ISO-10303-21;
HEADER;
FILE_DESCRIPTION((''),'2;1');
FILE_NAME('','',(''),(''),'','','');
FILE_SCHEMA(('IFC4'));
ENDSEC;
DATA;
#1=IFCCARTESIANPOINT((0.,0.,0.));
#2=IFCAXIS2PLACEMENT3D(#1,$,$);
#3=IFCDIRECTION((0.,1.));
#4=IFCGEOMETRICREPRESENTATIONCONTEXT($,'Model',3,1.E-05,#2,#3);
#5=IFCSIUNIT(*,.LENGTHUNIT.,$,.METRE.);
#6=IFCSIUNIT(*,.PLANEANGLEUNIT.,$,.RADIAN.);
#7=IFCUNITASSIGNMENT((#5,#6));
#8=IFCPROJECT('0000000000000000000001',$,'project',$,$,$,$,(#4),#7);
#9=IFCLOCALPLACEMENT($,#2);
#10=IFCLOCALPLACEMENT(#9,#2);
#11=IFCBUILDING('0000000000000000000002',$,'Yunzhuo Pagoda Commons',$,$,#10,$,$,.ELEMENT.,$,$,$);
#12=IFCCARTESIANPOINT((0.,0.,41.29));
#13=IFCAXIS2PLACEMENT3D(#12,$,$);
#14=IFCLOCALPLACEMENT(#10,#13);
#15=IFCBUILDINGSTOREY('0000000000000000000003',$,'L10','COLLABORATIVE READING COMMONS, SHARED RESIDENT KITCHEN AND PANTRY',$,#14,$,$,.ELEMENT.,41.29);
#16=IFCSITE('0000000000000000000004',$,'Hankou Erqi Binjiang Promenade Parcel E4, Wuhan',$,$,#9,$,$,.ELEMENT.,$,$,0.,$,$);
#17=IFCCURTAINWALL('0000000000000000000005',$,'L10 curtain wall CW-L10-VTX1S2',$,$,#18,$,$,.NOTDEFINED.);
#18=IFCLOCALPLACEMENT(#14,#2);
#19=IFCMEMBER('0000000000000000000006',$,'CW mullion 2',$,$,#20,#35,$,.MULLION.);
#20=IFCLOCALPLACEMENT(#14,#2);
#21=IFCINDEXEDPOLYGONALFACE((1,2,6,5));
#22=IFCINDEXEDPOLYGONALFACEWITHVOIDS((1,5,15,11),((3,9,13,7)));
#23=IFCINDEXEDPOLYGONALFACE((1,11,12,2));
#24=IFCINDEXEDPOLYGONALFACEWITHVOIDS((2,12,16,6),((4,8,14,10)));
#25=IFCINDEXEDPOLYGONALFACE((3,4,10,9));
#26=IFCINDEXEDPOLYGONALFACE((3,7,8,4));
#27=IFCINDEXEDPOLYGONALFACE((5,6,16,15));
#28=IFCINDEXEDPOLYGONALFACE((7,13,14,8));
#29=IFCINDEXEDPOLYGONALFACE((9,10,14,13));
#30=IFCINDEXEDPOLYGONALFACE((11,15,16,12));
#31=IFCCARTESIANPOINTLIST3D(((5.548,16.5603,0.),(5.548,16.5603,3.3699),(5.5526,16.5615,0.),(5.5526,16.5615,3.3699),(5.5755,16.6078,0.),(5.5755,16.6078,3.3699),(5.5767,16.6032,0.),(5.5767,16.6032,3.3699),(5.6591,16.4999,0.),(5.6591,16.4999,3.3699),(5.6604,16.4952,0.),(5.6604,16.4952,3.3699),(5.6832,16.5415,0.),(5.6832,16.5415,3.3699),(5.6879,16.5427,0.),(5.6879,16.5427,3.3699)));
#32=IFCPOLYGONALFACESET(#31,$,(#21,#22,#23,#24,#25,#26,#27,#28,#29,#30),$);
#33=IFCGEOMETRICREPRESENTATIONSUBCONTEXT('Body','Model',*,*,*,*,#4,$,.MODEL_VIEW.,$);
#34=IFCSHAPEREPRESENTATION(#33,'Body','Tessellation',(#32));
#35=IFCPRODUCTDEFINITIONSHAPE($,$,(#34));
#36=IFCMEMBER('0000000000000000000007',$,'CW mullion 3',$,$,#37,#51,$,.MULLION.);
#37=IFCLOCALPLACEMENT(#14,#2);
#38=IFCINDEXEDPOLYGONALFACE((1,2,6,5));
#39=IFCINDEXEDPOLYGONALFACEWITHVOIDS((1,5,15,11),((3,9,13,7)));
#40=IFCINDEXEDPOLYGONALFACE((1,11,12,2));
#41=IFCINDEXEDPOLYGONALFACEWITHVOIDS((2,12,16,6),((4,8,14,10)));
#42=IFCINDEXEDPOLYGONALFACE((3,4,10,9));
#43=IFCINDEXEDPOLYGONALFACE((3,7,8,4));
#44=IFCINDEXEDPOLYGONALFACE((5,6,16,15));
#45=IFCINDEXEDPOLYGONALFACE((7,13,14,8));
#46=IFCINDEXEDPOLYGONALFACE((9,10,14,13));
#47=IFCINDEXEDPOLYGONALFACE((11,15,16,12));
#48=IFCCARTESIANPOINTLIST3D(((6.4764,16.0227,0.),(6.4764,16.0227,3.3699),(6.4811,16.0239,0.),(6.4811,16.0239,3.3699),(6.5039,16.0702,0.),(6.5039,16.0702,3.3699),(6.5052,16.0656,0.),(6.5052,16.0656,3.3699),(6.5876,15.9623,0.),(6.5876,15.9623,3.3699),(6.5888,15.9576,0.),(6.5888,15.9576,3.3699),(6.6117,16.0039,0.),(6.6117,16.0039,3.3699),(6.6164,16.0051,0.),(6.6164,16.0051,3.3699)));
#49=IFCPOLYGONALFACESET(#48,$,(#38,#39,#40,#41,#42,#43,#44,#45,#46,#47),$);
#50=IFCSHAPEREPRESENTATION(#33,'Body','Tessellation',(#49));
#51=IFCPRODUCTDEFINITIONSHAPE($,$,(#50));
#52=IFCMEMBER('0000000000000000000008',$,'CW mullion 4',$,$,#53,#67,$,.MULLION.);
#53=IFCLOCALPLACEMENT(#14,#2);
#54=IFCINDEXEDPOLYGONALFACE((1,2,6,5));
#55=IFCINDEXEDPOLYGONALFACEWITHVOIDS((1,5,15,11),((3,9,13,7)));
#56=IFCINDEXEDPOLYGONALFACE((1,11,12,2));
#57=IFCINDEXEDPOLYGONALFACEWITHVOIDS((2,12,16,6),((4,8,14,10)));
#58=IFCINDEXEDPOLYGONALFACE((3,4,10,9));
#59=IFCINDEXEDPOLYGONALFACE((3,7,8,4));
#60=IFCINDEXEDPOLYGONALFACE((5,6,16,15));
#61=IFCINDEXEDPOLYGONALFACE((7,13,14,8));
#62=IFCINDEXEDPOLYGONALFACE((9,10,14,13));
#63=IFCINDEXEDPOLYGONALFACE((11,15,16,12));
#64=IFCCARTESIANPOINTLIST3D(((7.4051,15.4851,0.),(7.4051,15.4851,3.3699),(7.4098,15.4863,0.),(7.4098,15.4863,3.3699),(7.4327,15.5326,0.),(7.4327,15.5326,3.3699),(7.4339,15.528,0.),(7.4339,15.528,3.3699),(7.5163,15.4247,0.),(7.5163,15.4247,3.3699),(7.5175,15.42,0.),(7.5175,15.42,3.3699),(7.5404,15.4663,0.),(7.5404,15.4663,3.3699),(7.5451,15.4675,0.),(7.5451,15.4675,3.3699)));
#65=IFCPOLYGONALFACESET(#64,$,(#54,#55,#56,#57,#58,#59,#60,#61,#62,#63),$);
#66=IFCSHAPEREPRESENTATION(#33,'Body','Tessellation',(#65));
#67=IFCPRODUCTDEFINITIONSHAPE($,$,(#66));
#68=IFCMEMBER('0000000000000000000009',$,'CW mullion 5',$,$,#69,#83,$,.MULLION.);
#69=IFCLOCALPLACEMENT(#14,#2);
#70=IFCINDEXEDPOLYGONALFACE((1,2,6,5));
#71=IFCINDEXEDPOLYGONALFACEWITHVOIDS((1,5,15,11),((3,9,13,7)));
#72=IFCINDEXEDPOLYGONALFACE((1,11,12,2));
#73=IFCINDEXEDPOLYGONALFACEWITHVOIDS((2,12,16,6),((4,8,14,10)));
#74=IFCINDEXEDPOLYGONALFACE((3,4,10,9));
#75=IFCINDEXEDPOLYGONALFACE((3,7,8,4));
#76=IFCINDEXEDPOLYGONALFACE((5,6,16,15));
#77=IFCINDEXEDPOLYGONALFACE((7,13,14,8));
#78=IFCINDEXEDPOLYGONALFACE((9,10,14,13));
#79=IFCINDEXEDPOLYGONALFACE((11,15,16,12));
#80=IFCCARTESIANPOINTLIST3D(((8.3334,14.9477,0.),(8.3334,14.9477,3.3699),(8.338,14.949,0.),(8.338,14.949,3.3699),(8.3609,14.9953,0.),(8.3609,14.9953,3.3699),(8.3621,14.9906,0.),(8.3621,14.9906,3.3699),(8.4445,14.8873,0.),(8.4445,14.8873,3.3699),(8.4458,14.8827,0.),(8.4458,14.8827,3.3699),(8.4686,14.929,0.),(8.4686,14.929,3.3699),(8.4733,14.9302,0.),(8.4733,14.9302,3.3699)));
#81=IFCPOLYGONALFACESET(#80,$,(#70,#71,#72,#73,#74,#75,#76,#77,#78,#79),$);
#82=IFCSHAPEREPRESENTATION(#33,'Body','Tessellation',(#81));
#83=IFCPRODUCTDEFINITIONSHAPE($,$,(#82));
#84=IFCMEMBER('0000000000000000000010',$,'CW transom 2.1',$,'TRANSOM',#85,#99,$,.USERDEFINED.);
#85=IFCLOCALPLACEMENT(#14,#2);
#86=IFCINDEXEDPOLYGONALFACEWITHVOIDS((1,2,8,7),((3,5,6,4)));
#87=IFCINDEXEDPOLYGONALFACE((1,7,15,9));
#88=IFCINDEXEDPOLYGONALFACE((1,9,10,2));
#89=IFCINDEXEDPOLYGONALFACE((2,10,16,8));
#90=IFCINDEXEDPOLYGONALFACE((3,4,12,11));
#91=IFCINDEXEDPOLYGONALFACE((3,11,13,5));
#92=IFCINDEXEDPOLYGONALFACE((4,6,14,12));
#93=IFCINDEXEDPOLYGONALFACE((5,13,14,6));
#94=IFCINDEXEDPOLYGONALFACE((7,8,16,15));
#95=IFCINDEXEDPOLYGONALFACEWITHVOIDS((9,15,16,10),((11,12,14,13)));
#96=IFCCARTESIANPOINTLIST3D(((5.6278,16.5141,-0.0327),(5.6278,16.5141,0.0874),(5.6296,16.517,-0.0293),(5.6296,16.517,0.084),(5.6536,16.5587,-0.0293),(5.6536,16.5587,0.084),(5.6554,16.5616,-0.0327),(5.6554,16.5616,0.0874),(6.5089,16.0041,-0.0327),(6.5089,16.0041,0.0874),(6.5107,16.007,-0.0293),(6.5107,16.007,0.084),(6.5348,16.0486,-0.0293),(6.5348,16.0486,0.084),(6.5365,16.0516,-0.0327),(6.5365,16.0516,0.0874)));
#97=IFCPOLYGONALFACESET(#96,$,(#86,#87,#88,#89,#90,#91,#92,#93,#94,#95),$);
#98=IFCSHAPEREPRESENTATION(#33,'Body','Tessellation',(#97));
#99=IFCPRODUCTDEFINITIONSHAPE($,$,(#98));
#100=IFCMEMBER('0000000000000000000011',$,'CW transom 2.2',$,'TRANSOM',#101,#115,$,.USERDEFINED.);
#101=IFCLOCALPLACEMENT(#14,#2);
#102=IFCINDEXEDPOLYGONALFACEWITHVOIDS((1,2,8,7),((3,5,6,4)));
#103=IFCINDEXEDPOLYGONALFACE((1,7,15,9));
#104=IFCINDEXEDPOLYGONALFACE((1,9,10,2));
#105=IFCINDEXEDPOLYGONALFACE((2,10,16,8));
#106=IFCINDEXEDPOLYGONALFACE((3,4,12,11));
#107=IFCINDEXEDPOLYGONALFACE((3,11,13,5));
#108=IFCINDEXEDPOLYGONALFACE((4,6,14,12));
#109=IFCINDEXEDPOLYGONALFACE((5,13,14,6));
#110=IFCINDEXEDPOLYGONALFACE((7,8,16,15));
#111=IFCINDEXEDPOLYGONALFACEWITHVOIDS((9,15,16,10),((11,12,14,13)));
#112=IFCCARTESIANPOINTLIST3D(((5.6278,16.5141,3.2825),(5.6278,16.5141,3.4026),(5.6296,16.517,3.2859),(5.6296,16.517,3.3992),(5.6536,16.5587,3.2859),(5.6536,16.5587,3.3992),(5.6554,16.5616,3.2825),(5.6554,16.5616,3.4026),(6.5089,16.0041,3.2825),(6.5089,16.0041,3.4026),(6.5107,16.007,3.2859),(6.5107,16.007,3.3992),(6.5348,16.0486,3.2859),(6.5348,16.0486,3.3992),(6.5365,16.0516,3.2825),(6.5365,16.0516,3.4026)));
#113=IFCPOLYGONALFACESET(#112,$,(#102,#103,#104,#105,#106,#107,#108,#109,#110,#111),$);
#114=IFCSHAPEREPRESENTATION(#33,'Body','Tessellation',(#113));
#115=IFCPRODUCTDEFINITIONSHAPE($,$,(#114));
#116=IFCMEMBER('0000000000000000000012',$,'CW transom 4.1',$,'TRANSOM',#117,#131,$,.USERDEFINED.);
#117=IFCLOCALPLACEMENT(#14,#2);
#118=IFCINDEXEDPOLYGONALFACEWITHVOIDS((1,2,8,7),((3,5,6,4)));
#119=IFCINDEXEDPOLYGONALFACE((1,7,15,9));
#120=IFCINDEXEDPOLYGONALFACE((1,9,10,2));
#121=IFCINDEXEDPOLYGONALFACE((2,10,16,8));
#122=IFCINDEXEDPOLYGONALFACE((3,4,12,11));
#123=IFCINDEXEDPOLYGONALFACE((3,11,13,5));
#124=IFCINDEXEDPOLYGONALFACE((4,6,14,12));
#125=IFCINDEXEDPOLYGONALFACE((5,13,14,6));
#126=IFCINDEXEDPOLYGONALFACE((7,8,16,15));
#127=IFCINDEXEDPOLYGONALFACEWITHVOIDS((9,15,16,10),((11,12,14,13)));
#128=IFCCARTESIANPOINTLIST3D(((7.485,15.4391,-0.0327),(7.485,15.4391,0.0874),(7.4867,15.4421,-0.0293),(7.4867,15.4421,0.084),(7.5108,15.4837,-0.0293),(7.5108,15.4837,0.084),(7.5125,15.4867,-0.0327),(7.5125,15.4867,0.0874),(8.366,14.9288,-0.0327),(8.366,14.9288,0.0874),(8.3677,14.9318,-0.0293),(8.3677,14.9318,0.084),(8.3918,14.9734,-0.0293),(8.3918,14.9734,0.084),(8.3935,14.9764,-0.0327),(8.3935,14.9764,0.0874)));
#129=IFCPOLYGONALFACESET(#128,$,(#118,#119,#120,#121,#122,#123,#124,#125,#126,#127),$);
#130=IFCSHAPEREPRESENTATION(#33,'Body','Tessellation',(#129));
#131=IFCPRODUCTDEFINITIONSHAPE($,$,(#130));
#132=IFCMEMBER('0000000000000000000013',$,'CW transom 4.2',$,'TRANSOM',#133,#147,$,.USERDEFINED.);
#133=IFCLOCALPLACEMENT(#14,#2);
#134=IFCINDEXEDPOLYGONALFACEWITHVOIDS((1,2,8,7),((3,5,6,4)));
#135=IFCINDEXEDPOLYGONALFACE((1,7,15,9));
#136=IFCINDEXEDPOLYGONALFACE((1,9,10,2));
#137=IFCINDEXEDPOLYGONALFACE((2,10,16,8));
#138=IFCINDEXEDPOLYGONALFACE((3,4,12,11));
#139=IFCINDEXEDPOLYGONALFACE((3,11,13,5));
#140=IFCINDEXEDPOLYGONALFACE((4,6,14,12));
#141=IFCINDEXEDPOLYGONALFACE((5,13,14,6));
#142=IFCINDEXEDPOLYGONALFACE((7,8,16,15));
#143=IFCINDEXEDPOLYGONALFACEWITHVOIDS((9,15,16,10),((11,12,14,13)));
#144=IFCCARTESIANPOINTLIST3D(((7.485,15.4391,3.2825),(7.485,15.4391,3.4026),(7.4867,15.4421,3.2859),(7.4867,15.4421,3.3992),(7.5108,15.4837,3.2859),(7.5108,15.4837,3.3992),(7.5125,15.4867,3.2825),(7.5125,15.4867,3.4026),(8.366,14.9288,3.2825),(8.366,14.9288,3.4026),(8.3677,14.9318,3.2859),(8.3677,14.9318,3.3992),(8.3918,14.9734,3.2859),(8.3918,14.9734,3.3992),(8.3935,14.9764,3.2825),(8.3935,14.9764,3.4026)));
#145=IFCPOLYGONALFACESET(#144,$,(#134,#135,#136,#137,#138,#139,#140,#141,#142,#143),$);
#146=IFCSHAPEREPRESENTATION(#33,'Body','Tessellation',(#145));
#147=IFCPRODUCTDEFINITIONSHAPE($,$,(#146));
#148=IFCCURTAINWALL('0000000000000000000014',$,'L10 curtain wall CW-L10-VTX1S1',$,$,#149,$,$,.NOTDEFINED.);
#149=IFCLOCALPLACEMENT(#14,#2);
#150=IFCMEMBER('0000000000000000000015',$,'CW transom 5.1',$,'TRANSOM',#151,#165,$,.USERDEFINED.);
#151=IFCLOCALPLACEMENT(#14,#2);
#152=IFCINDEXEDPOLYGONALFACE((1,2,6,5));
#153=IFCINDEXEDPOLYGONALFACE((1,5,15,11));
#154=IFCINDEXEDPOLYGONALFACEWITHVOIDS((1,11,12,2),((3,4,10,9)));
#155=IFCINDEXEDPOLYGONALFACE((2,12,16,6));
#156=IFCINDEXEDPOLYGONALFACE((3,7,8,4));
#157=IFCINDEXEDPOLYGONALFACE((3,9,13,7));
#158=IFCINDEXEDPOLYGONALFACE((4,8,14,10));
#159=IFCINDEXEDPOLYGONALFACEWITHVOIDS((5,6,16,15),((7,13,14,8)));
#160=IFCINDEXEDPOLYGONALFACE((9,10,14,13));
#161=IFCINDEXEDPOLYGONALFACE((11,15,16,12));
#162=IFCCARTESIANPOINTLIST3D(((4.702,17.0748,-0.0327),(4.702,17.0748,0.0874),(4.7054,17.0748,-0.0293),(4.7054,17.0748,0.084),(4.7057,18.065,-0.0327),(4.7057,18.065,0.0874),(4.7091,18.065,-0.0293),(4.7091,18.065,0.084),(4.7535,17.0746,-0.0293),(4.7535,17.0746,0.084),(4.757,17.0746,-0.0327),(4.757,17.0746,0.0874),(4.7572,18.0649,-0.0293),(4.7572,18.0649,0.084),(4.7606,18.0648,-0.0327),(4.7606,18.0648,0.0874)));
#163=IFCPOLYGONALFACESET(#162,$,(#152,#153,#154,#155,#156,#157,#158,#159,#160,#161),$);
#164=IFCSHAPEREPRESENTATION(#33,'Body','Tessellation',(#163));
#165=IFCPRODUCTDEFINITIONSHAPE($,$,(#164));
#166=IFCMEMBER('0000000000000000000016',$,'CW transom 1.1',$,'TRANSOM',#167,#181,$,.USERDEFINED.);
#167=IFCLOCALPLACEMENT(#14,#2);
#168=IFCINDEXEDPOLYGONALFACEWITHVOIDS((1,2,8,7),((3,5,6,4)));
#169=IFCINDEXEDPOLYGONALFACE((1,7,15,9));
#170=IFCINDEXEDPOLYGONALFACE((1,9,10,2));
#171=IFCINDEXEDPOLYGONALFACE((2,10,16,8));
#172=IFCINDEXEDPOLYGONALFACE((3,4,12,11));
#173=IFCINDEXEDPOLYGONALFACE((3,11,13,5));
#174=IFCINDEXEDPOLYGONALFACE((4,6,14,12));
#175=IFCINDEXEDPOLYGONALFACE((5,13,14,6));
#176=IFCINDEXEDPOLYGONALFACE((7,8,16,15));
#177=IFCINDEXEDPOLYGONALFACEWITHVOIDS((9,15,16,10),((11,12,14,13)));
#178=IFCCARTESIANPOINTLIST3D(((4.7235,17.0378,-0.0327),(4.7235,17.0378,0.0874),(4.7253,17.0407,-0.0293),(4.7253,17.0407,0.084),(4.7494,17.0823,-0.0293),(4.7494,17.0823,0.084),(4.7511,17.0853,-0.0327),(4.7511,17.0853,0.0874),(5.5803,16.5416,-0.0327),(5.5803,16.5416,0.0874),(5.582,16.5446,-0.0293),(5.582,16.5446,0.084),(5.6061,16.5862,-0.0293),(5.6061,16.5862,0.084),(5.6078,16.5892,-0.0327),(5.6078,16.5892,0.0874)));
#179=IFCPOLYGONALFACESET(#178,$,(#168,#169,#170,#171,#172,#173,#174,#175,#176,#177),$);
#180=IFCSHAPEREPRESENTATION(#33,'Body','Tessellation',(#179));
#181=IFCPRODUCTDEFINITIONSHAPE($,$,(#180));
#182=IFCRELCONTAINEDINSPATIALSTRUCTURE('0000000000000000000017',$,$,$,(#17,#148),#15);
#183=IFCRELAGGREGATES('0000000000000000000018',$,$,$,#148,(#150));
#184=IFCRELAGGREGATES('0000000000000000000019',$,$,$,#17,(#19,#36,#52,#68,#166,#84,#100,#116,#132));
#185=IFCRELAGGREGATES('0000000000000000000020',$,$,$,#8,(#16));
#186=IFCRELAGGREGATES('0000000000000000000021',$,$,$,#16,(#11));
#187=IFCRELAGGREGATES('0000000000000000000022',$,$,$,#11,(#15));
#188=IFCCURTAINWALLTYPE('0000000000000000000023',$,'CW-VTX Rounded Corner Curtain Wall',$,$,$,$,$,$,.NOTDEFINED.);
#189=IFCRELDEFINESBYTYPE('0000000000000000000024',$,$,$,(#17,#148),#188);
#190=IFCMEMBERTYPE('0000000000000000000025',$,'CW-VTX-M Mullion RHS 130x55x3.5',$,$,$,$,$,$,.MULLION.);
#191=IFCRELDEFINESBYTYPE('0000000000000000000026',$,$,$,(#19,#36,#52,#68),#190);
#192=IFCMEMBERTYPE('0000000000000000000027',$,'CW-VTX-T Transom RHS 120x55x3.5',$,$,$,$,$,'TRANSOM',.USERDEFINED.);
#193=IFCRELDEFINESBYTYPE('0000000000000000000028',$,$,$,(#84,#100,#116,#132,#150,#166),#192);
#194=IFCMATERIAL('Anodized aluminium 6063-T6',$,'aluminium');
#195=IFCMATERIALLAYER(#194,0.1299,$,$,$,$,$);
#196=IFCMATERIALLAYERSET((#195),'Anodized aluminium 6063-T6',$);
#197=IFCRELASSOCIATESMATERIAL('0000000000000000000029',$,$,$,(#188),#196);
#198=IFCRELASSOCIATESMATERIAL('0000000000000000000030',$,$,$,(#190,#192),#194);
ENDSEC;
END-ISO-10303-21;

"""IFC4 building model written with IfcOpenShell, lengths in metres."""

from ifc_helpers import new_model, si_unit, direction, frame, origin, origin_2d, place, context, subcontext, project, spatial, hollow_rectangle, extrude, source, transform, mapped, material, layer, layer_set, material_profile, profile_set, type_object, element, aggregate, save


model = new_model("IFC4")

# Units and contexts
model_context = context("Model", 3, precision=1e-05, world=origin(), true_north=direction((0.0, 1.0)))
body_context = subcontext(model_context, "Body", "Model", "MODEL_VIEW")
ifc_project = project(units=[si_unit("LENGTHUNIT", "METRE"), si_unit("PLANEANGLEUNIT", "RADIAN")], contexts=[model_context])

# Site, building, storey
site_placement = place(None, origin())
site = spatial("IfcSite", under=ifc_project, at=site_placement, Name="Hankou Erqi Binjiang Promenade Parcel E4, Wuhan", CompositionType="ELEMENT", RefElevation=0.0)
building_placement = place(site_placement, origin())
building = spatial("IfcBuilding", under=site, at=building_placement, Name="Yunzhuo Pagoda Commons", CompositionType="ELEMENT")
storey_placement = place(building_placement, frame((0.0, 0.0, 41.29)))
storey = spatial("IfcBuildingStorey", under=building, at=storey_placement, Name="L10", Description="COLLABORATIVE READING COMMONS, SHARED RESIDENT KITCHEN AND PANTRY", CompositionType="ELEMENT", Elevation=41.29)

# Curtain wall, members
ifc_material_1 = material(Name="Anodized aluminium 6063-T6", Category="aluminium")
ifc_layer_1 = layer(ifc_material_1, 0.1299)
ifc_layer_set_1 = layer_set([ifc_layer_1], Name="Anodized aluminium 6063-T6")
curtain_wall_type = type_object("IfcCurtainWallType", Name="CW-VTX Rounded Corner Curtain Wall", PredefinedType="NOTDEFINED", material=ifc_layer_set_1)
curtain_wall_1_placement = place(storey_placement, origin())
curtain_wall_1 = element("IfcCurtainWall", 1, at=curtain_wall_1_placement, inside=storey, type_object=curtain_wall_type, Name="L10 curtain wall CW-L10-VTX1S2", PredefinedType="NOTDEFINED")
ifc_material_profile_1 = material_profile(ifc_material_1, hollow_rectangle(XDim=0.0549, YDim=0.1299, WallThickness=0.0034, at=origin_2d()), Name="Anodized aluminium 6063-T6")
ifc_profile_set_1 = profile_set([ifc_material_profile_1], Name="Anodized aluminium 6063-T6")
member_type_1 = type_object("IfcMemberType", Name="CW-VTX-M Mullion RHS 130x55x3.5", PredefinedType="MULLION", material=ifc_profile_set_1)
shared_shape_1 = source(origin(), body_context, "Body", "SweptSolid", [
    extrude(hollow_rectangle(XDim=0.0549, YDim=0.1299, WallThickness=0.0034, at=origin_2d()), origin(), (0.0, 0.0, 1.0), 3.3699),
])
member_1_placement = place(storey_placement, frame((5.6179, 16.5515, 0.0), z_axis=(0.0, 0.0, 1.0), x_axis=(0.501041, 0.865423, 0.0)))
member_1 = element("IfcMember", 2, at=member_1_placement, type_object=member_type_1, Name="CW mullion 2", PredefinedType="MULLION", context=body_context, shape_type="MappedRepresentation", body=[
    mapped(shared_shape_1, transform((0.0, 0.0, 0.0), scale=1.0)),
])
member_2_placement = place(storey_placement, frame((6.5464, 16.0139, 0.0), z_axis=(0.0, 0.0, 1.0), x_axis=(0.501041, 0.865423, 0.0)))
member_2 = element("IfcMember", 3, at=member_2_placement, type_object=member_type_1, Name="CW mullion 3", PredefinedType="MULLION", context=body_context, shape_type="MappedRepresentation", body=[
    mapped(shared_shape_1, transform((0.0, 0.0, 0.0), scale=1.0)),
])
member_3_placement = place(storey_placement, frame((7.4751, 15.4763, 0.0), z_axis=(0.0, 0.0, 1.0), x_axis=(0.501041, 0.865423, 0.0)))
member_3 = element("IfcMember", 4, at=member_3_placement, type_object=member_type_1, Name="CW mullion 4", PredefinedType="MULLION", context=body_context, shape_type="MappedRepresentation", body=[
    mapped(shared_shape_1, transform((0.0, 0.0, 0.0), scale=1.0)),
])
member_4_placement = place(storey_placement, frame((8.4033, 14.939, 0.0), z_axis=(0.0, 0.0, 1.0), x_axis=(0.501041, 0.865423, 0.0)))
member_4 = element("IfcMember", 5, at=member_4_placement, type_object=member_type_1, Name="CW mullion 5", PredefinedType="MULLION", context=body_context, shape_type="MappedRepresentation", body=[
    mapped(shared_shape_1, transform((0.0, 0.0, 0.0), scale=1.0)),
])
ifc_material_profile_2 = material_profile(ifc_material_1, hollow_rectangle(XDim=0.0549, YDim=0.1201, WallThickness=0.0034, at=origin_2d()), Name="Anodized aluminium 6063-T6")
ifc_profile_set_2 = profile_set([ifc_material_profile_2], Name="Anodized aluminium 6063-T6")
member_type_2 = type_object("IfcMemberType", Name="CW-VTX-T Transom RHS 120x55x3.5", ElementType="TRANSOM", PredefinedType="USERDEFINED", material=ifc_profile_set_2)
shared_shape_2 = source(origin(), body_context, "Body", "SweptSolid", [
    extrude(hollow_rectangle(XDim=0.0549, YDim=0.1201, WallThickness=0.0034, at=origin_2d()), origin(), (0.0, 0.0, 1.0), 1.0181),
])
member_5_placement = place(storey_placement, frame((5.6416, 16.5378, 0.0273), z_axis=(0.86547, -0.500961, 0.0), x_axis=(0.500961, 0.86547, 0.0)))
member_5 = element("IfcMember", 6, at=member_5_placement, type_object=member_type_2, Name="CW transom 2.1", ObjectType="TRANSOM", PredefinedType="USERDEFINED", context=body_context, shape_type="MappedRepresentation", body=[
    mapped(shared_shape_2, transform((0.0, 0.0, 0.0), scale=1.0)),
])
member_6_placement = place(storey_placement, frame((5.6416, 16.5378, 3.3425), z_axis=(0.86547, -0.500961, 0.0), x_axis=(0.500961, 0.86547, 0.0)))
member_6 = element("IfcMember", 7, at=member_6_placement, type_object=member_type_2, Name="CW transom 2.2", ObjectType="TRANSOM", PredefinedType="USERDEFINED", context=body_context, shape_type="MappedRepresentation", body=[
    mapped(shared_shape_2, transform((0.0, 0.0, 0.0), scale=1.0)),
])
member_7_placement = place(storey_placement, frame((7.4988, 15.4629, 0.0273), z_axis=(0.865306, -0.501244, 0.0), x_axis=(0.501244, 0.865306, 0.0)))
member_7 = element("IfcMember", 8, at=member_7_placement, type_object=member_type_2, Name="CW transom 4.1", ObjectType="TRANSOM", PredefinedType="USERDEFINED", context=body_context, shape_type="MappedRepresentation", body=[
    mapped(shared_shape_2, transform((0.0, 0.0, 0.0), scale=1.0)),
])
member_8_placement = place(storey_placement, frame((7.4988, 15.4629, 3.3425), z_axis=(0.865306, -0.501244, 0.0), x_axis=(0.501244, 0.865306, 0.0)))
member_8 = element("IfcMember", 9, at=member_8_placement, type_object=member_type_2, Name="CW transom 4.2", ObjectType="TRANSOM", PredefinedType="USERDEFINED", context=body_context, shape_type="MappedRepresentation", body=[
    mapped(shared_shape_2, transform((0.0, 0.0, 0.0), scale=1.0)),
])

# Curtain wall, member
curtain_wall_2_placement = place(storey_placement, origin())
curtain_wall_2 = element("IfcCurtainWall", 10, at=curtain_wall_2_placement, inside=storey, type_object=curtain_wall_type, Name="L10 curtain wall CW-L10-VTX1S1", PredefinedType="NOTDEFINED")
shared_shape_3 = source(origin(), body_context, "Body", "SweptSolid", [
    extrude(hollow_rectangle(XDim=0.0549, YDim=0.1201, WallThickness=0.0034, at=origin_2d()), origin(), (0.0, 0.0, 1.0), 0.9902),
])
member_9_placement = place(storey_placement, frame((4.7332, 18.0649, 0.0273), z_axis=(-0.003698, -0.999993, 0.0), x_axis=(0.999993, -0.003698, 0.0)))
member_9 = element("IfcMember", 11, at=member_9_placement, type_object=member_type_2, Name="CW transom 5.1", ObjectType="TRANSOM", PredefinedType="USERDEFINED", context=body_context, shape_type="MappedRepresentation", body=[
    mapped(shared_shape_3, transform((0.0, 0.0, 0.0), scale=1.0)),
])

# Member
shared_shape_4 = source(origin(), body_context, "Body", "SweptSolid", [
    extrude(hollow_rectangle(XDim=0.0549, YDim=0.1201, WallThickness=0.0034, at=origin_2d()), origin(), (0.0, 0.0, 1.0), 0.99),
])
member_10_placement = place(storey_placement, frame((4.7373, 17.0615, 0.0273), z_axis=(0.865376, -0.501124, 0.0), x_axis=(0.501124, 0.865376, 0.0)))
member_10 = element("IfcMember", 12, at=member_10_placement, type_object=member_type_2, Name="CW transom 1.1", ObjectType="TRANSOM", PredefinedType="USERDEFINED", context=body_context, shape_type="MappedRepresentation", body=[
    mapped(shared_shape_4, transform((0.0, 0.0, 0.0), scale=1.0)),
])

aggregate(curtain_wall_2, [member_9])
aggregate(curtain_wall_1, [member_1, member_2, member_3, member_4, member_10, member_5, member_6, member_7, member_8])

save(model, "model.ifc")
